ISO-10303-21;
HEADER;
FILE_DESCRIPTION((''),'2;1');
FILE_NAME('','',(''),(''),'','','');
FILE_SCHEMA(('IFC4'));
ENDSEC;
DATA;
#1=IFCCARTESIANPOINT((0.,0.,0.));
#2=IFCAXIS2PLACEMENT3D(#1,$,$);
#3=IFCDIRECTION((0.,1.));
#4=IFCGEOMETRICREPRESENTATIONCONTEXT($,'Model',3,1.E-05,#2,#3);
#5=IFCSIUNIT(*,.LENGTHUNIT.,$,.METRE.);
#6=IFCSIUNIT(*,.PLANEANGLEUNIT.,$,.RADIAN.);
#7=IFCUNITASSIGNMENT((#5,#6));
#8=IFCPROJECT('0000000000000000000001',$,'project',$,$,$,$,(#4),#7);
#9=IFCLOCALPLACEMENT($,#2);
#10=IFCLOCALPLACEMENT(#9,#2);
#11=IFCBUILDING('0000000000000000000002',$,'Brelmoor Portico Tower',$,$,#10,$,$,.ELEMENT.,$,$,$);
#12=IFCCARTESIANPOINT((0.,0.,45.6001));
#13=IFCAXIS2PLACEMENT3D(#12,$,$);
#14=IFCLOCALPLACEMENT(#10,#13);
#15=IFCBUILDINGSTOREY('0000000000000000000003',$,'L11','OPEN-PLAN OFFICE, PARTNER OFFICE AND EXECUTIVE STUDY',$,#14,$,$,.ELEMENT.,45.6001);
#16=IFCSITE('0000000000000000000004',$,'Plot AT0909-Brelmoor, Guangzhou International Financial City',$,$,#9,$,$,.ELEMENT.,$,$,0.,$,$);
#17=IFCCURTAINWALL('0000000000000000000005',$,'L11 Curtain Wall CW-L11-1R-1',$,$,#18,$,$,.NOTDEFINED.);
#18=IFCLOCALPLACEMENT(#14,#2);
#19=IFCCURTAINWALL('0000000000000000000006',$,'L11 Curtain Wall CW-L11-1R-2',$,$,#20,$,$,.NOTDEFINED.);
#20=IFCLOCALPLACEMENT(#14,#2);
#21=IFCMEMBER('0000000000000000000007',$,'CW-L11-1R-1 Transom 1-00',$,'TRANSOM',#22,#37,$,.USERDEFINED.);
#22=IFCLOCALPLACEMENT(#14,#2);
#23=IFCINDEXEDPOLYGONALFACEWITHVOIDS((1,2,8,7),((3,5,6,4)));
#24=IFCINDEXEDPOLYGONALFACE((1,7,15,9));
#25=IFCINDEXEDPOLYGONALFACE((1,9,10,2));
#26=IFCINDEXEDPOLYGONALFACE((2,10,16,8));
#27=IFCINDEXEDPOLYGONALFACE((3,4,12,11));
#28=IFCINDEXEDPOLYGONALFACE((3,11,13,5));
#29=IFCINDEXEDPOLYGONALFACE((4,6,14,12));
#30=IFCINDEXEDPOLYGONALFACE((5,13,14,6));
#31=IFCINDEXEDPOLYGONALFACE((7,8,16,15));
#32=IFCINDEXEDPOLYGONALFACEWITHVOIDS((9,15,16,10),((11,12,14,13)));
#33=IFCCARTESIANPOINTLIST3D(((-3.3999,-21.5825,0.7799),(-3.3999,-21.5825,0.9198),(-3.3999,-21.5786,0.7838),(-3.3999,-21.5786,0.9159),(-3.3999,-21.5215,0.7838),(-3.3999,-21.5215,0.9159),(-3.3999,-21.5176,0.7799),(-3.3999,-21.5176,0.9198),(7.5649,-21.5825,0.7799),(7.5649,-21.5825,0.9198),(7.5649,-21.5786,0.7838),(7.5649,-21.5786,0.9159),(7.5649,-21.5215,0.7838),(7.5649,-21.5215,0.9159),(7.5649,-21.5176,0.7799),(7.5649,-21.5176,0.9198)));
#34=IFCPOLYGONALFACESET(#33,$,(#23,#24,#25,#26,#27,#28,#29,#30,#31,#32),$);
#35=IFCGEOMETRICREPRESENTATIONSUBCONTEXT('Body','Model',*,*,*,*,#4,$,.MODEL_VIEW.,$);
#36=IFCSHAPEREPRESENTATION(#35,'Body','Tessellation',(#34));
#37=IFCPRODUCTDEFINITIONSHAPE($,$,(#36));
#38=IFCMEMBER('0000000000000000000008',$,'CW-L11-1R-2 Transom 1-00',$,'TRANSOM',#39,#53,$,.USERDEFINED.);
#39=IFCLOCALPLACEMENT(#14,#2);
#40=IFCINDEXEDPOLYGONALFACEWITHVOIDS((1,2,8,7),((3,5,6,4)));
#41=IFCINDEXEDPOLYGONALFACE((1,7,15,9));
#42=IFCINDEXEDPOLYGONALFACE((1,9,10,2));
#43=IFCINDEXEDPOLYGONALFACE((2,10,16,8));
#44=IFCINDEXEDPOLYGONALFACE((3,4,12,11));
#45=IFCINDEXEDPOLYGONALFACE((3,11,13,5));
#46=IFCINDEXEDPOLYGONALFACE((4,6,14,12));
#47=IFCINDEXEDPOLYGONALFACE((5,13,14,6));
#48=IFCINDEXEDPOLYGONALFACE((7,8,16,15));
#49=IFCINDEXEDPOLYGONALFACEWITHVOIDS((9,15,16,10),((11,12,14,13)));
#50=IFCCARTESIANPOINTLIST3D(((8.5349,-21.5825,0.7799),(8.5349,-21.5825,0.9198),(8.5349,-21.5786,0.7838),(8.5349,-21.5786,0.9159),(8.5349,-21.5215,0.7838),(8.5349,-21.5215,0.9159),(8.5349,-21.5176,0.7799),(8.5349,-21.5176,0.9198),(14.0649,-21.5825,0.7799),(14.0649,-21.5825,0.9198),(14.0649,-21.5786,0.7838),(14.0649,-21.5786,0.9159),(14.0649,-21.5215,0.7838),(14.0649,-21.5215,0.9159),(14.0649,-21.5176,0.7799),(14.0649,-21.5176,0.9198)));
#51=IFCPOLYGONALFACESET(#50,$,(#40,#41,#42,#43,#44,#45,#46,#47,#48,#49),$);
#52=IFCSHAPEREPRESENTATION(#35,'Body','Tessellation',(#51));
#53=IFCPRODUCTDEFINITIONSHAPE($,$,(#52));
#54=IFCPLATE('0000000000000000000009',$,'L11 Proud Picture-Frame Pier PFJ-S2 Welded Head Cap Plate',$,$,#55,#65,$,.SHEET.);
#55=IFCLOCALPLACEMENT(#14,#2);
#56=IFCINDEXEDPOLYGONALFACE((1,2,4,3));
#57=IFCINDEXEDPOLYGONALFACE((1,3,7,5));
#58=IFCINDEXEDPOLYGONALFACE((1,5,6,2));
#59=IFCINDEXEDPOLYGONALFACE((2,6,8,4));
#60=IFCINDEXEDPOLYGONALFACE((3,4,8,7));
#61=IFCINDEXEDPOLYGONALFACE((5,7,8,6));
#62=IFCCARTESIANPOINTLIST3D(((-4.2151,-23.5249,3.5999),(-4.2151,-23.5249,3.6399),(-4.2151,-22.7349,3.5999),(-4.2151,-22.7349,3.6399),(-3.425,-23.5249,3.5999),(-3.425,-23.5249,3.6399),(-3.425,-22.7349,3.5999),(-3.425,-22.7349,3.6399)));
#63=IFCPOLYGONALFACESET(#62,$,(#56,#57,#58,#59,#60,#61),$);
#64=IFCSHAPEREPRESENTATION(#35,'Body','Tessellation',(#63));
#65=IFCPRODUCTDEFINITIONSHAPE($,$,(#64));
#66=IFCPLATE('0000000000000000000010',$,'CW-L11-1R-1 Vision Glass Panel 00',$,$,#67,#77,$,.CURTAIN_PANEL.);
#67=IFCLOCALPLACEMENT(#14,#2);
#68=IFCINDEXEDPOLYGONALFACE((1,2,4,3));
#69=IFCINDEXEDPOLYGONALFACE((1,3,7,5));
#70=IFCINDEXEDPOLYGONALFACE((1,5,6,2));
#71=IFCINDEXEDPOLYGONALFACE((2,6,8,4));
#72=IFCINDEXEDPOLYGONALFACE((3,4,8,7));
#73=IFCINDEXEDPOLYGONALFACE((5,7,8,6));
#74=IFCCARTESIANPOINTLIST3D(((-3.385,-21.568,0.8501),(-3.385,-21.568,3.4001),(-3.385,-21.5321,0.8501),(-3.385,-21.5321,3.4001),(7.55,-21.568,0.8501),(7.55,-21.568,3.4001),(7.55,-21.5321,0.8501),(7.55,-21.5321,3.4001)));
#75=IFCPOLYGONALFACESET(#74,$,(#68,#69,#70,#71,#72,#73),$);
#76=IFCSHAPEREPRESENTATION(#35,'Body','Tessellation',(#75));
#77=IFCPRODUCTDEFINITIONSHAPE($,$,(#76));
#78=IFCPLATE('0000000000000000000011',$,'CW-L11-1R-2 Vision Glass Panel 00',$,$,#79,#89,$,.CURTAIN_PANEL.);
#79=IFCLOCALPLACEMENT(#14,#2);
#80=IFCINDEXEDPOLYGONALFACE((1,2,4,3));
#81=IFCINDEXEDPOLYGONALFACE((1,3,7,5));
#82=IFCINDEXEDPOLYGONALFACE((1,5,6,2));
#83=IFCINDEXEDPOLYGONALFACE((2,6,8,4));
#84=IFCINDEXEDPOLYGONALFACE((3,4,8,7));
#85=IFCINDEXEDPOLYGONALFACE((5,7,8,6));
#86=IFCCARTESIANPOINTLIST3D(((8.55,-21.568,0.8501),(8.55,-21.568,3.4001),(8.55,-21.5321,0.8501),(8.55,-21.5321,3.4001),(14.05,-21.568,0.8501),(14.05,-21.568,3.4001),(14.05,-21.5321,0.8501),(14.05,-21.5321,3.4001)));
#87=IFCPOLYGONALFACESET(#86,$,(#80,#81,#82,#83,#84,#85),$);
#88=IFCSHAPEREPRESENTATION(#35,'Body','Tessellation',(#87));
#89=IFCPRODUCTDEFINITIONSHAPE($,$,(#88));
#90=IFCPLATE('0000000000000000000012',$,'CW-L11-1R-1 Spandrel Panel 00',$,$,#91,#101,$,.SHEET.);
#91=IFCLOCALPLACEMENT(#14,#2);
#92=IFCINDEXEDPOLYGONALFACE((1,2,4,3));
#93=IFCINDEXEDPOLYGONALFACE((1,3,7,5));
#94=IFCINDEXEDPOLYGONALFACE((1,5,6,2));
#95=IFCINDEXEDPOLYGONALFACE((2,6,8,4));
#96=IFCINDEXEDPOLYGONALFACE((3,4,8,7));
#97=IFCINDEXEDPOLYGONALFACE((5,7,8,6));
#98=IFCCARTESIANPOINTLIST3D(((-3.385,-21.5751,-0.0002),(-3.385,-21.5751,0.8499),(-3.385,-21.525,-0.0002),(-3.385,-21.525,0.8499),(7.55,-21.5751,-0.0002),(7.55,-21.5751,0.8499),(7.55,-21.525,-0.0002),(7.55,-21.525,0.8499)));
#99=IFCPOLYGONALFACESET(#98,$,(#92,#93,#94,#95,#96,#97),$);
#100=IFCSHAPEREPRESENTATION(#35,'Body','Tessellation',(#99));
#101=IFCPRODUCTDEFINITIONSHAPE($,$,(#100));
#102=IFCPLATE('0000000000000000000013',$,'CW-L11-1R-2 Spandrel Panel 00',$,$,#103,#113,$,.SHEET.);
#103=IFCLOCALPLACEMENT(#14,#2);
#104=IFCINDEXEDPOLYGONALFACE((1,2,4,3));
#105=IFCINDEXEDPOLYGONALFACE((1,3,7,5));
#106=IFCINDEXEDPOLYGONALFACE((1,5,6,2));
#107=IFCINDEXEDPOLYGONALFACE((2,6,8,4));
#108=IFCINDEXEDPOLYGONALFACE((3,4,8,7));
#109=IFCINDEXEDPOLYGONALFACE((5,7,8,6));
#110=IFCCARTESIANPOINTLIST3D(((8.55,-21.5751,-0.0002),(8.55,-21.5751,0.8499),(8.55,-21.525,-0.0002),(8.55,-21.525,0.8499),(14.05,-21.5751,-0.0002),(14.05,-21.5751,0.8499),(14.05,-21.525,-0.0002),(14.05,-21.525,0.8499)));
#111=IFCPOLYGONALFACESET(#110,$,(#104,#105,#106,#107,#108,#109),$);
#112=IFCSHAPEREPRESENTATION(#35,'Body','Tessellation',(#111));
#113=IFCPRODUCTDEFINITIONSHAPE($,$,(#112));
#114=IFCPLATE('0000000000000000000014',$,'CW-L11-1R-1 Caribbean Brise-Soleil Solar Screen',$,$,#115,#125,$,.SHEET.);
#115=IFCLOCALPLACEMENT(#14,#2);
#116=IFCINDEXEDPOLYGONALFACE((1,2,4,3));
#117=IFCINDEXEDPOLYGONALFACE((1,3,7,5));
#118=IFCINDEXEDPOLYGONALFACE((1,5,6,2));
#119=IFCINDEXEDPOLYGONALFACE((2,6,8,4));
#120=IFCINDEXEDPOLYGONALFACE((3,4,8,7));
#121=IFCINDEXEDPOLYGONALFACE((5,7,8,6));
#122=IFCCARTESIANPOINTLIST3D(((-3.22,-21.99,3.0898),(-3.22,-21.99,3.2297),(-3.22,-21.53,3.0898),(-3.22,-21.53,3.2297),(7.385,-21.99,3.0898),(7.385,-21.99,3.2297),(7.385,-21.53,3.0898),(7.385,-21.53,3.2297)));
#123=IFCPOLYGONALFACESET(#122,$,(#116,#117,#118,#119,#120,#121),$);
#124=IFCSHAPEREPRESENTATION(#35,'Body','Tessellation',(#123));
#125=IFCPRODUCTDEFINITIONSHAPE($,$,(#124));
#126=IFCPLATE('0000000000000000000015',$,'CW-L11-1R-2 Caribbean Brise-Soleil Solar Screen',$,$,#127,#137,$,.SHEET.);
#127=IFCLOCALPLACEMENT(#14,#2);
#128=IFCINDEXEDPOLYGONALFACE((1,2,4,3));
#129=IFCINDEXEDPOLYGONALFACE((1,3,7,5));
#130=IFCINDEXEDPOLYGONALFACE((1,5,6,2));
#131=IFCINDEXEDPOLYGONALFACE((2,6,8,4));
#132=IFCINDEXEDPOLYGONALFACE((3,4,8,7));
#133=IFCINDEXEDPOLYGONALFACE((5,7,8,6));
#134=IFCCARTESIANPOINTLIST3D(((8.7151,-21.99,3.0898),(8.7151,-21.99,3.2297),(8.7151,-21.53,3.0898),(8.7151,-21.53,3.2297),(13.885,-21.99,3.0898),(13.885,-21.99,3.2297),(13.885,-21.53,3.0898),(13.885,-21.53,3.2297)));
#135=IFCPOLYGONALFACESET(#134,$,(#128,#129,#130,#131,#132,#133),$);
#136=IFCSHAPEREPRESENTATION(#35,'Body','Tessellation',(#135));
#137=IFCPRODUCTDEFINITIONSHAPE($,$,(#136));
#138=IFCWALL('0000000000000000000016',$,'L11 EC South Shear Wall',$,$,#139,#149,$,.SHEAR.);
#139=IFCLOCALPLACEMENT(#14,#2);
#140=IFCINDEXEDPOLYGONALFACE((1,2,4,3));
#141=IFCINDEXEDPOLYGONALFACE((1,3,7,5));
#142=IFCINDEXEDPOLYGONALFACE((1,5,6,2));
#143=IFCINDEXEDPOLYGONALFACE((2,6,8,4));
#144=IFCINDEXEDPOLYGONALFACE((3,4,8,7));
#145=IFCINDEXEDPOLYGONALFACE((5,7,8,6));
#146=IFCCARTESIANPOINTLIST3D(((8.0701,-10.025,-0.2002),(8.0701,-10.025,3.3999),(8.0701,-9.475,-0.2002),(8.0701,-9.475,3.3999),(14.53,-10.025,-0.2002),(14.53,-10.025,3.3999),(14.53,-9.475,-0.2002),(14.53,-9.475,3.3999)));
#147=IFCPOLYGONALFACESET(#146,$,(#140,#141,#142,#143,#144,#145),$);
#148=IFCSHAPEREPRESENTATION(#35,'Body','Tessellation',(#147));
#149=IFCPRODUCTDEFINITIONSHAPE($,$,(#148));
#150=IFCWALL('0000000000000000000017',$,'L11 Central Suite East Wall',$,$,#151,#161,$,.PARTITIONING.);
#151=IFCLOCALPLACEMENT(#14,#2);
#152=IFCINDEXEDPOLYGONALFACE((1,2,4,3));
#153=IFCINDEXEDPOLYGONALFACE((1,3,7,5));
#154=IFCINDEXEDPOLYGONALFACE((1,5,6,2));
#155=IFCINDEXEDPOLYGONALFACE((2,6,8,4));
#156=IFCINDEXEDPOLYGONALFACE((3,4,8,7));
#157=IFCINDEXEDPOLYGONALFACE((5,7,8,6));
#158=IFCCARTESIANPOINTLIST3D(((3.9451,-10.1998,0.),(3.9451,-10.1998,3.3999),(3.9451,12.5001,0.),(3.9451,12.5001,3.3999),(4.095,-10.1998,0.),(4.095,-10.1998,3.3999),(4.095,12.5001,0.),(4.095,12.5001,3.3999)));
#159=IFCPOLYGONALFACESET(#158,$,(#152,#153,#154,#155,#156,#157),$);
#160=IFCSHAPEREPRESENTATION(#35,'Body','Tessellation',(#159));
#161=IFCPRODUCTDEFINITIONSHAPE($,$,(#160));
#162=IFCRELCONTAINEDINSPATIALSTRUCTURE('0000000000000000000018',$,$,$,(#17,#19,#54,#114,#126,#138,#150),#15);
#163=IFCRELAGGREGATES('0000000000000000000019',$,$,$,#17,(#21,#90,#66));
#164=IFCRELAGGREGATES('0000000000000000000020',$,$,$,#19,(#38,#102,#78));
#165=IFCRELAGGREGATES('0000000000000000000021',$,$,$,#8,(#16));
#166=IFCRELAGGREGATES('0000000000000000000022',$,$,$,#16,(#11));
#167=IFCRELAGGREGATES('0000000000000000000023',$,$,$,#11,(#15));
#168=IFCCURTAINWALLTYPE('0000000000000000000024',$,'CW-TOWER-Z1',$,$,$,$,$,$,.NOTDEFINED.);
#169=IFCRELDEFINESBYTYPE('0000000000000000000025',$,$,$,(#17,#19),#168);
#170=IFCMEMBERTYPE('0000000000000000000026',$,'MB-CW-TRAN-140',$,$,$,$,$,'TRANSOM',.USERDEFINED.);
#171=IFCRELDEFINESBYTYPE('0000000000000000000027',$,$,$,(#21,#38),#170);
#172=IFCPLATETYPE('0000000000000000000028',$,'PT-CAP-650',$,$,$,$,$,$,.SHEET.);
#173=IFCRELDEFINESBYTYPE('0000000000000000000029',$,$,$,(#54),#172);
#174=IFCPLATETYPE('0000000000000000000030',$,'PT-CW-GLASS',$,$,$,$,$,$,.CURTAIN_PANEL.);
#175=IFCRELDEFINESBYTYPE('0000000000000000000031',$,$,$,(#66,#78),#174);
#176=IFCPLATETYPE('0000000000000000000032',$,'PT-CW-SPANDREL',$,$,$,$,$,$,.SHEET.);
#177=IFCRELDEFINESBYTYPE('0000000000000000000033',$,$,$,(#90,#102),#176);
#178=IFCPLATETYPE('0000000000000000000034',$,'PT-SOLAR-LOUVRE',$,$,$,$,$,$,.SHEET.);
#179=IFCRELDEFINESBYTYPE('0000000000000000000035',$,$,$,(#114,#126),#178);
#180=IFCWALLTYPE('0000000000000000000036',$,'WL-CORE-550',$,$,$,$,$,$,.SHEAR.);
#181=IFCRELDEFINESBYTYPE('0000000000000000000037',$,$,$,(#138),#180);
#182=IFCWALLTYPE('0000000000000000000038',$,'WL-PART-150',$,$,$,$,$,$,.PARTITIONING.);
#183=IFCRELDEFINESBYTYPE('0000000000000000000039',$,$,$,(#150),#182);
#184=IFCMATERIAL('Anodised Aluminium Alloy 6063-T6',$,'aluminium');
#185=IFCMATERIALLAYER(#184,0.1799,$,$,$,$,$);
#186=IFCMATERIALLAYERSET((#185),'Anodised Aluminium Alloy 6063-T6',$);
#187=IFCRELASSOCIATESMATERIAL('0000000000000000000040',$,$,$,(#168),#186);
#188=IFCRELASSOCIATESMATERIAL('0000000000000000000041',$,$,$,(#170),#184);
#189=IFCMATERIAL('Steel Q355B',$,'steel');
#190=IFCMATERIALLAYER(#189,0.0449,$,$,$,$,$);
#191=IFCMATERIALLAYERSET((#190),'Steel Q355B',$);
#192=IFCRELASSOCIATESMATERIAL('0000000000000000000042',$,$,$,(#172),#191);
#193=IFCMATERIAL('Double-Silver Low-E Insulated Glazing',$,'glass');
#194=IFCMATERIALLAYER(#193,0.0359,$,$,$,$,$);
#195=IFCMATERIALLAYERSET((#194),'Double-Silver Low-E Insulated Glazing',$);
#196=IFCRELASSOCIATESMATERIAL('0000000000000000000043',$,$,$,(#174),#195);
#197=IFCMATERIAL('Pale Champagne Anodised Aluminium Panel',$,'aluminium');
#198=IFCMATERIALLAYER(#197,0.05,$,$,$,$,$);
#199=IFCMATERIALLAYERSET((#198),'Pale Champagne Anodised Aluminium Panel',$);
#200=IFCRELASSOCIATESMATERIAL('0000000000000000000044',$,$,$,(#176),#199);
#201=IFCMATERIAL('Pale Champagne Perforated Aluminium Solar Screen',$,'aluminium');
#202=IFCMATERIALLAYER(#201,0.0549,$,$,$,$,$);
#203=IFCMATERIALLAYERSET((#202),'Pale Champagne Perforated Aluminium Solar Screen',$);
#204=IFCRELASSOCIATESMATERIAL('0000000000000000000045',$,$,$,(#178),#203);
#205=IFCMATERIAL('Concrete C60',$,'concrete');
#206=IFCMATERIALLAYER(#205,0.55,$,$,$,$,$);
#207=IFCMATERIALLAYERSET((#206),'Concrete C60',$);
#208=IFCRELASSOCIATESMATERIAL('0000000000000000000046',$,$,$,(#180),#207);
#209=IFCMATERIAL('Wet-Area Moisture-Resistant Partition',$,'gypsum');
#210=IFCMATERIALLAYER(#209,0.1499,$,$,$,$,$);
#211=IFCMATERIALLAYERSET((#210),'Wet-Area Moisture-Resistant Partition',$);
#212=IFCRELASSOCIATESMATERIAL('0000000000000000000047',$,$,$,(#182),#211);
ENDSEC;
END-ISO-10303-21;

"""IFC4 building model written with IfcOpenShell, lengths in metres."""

from ifc_helpers import new_model, si_unit, direction, frame, frame_2d, origin, origin_2d, place, context, subcontext, project, spatial, rectangle, hollow_rectangle, extrude, material, layer, layer_set, material_profile, profile_set, type_object, element, aggregate, save


model = new_model("IFC4")

# Units and contexts
model_context = context("Model", 3, precision=1e-05, world=origin(), true_north=direction((0.0, 1.0)))
body_context = subcontext(model_context, "Body", "Model", "MODEL_VIEW")
ifc_project = project(units=[si_unit("LENGTHUNIT", "METRE"), si_unit("PLANEANGLEUNIT", "RADIAN")], contexts=[model_context])

# Site, building, storey
site_placement = place(None, origin())
site = spatial("IfcSite", under=ifc_project, at=site_placement, Name="Plot AT0909-Brelmoor, Guangzhou International Financial City", CompositionType="ELEMENT", RefElevation=0.0)
building_placement = place(site_placement, origin())
building = spatial("IfcBuilding", under=site, at=building_placement, Name="Brelmoor Portico Tower", CompositionType="ELEMENT")
storey_placement = place(building_placement, frame((0.0, 0.0, 45.6001)))
storey = spatial("IfcBuildingStorey", under=building, at=storey_placement, Name="L11", Description="OPEN-PLAN OFFICE, PARTNER OFFICE AND EXECUTIVE STUDY", CompositionType="ELEMENT", Elevation=45.6001)

# Shared definitions
ifc_material_1 = material(Name="Steel Q355B", Category="steel")

# Curtain walls
ifc_material_2 = material(Name="Anodised Aluminium Alloy 6063-T6", Category="aluminium")
ifc_layer_1 = layer(ifc_material_2, 0.1799)
ifc_layer_set_1 = layer_set([ifc_layer_1], Name="Anodised Aluminium Alloy 6063-T6")
curtain_wall_type = type_object("IfcCurtainWallType", Name="CW-TOWER-Z1", PredefinedType="NOTDEFINED", material=ifc_layer_set_1)
curtain_wall_1_placement = place(storey_placement, origin())
curtain_wall_1 = element("IfcCurtainWall", 1, at=curtain_wall_1_placement, inside=storey, type_object=curtain_wall_type, Name="L11 Curtain Wall CW-L11-1R-1", PredefinedType="NOTDEFINED")
curtain_wall_2_placement = place(storey_placement, origin())
curtain_wall_2 = element("IfcCurtainWall", 2, at=curtain_wall_2_placement, inside=storey, type_object=curtain_wall_type, Name="L11 Curtain Wall CW-L11-1R-2", PredefinedType="NOTDEFINED")

# Members
ifc_material_profile_1 = material_profile(ifc_material_2, hollow_rectangle(XDim=0.0649, YDim=0.1399, WallThickness=0.0039, at=origin_2d()), Name="ALU TRANSOM 65x140")
ifc_profile_set_1 = profile_set([ifc_material_profile_1], Name="Anodised Aluminium Alloy 6063-T6")
member_type_1 = type_object("IfcMemberType", Name="MB-CW-TRAN-140", ElementType="TRANSOM", PredefinedType="USERDEFINED", material=ifc_profile_set_1)
member_1_placement = place(storey_placement, frame((-3.3999, -21.55, 0.8499), z_axis=(1.0, 0.0, 0.0), x_axis=(0.0, 1.0, 0.0)))
member_1 = element("IfcMember", 3, at=member_1_placement, type_object=member_type_1, Name="CW-L11-1R-1 Transom 1-00", ObjectType="TRANSOM", PredefinedType="USERDEFINED", context=body_context, shape_type="SweptSolid", body=[
    extrude(hollow_rectangle(XDim=0.0649, YDim=0.1399, WallThickness=0.0039, at=origin_2d()), origin(), (0.0, 0.0, 1.0), 10.9648),
])
member_2_placement = place(storey_placement, frame((8.5349, -21.55, 0.8499), z_axis=(1.0, 0.0, 0.0), x_axis=(0.0, 1.0, 0.0)))
member_2 = element("IfcMember", 4, at=member_2_placement, type_object=member_type_1, Name="CW-L11-1R-2 Transom 1-00", ObjectType="TRANSOM", PredefinedType="USERDEFINED", context=body_context, shape_type="SweptSolid", body=[
    extrude(hollow_rectangle(XDim=0.0649, YDim=0.1399, WallThickness=0.0039, at=origin_2d()), origin(), (0.0, 0.0, 1.0), 5.53),
])

# Plates
ifc_layer_2 = layer(ifc_material_1, 0.0449)
ifc_layer_set_2 = layer_set([ifc_layer_2], Name="Steel Q355B")
plate_type_1 = type_object("IfcPlateType", Name="PT-CAP-650", PredefinedType="SHEET", material=ifc_layer_set_2)
plate_1_placement = place(storey_placement, frame((-3.8201, -23.1299, 3.5999), z_axis=(0.0, 0.0, 1.0), x_axis=(1.0, 0.0, 0.0)))
element("IfcPlate", 5, at=plate_1_placement, inside=storey, type_object=plate_type_1, Name="L11 Proud Picture-Frame Pier PFJ-S2 Welded Head Cap Plate", PredefinedType="SHEET", context=body_context, shape_type="SweptSolid", body=[
    extrude(rectangle(XDim=0.79, YDim=0.79, at=origin_2d()), origin(), (0.0, 0.0, 1.0), 0.04),
])
ifc_material_3 = material(Name="Double-Silver Low-E Insulated Glazing", Category="glass")
ifc_layer_3 = layer(ifc_material_3, 0.0359)
ifc_layer_set_3 = layer_set([ifc_layer_3], Name="Double-Silver Low-E Insulated Glazing")
plate_type_2 = type_object("IfcPlateType", Name="PT-CW-GLASS", PredefinedType="CURTAIN_PANEL", material=ifc_layer_set_3)
plate_2_placement = place(storey_placement, frame((2.0825, -21.55, 0.8501), z_axis=(0.0, 0.0, 1.0), x_axis=(1.0, 0.0, 0.0)))
plate_2 = element("IfcPlate", 6, at=plate_2_placement, type_object=plate_type_2, Name="CW-L11-1R-1 Vision Glass Panel 00", PredefinedType="CURTAIN_PANEL", context=body_context, shape_type="SweptSolid", body=[
    extrude(rectangle(XDim=10.9351, YDim=0.0359, at=origin_2d()), origin(), (0.0, 0.0, 1.0), 2.55),
])
plate_3_placement = place(storey_placement, frame((11.3, -21.55, 0.8501), z_axis=(0.0, 0.0, 1.0), x_axis=(1.0, 0.0, 0.0)))
plate_3 = element("IfcPlate", 7, at=plate_3_placement, type_object=plate_type_2, Name="CW-L11-1R-2 Vision Glass Panel 00", PredefinedType="CURTAIN_PANEL", context=body_context, shape_type="SweptSolid", body=[
    extrude(rectangle(XDim=5.5, YDim=0.0359, at=origin_2d()), origin(), (0.0, 0.0, 1.0), 2.55),
])
ifc_material_4 = material(Name="Pale Champagne Anodised Aluminium Panel", Category="aluminium")
ifc_layer_4 = layer(ifc_material_4, 0.05)
ifc_layer_set_4 = layer_set([ifc_layer_4], Name="Pale Champagne Anodised Aluminium Panel")
plate_type_3 = type_object("IfcPlateType", Name="PT-CW-SPANDREL", PredefinedType="SHEET", material=ifc_layer_set_4)
plate_4_placement = place(storey_placement, frame((2.0825, -21.55, -0.0002), z_axis=(0.0, 0.0, 1.0), x_axis=(1.0, 0.0, 0.0)))
plate_4 = element("IfcPlate", 8, at=plate_4_placement, type_object=plate_type_3, Name="CW-L11-1R-1 Spandrel Panel 00", PredefinedType="SHEET", context=body_context, shape_type="SweptSolid", body=[
    extrude(rectangle(XDim=10.9351, YDim=0.05, at=origin_2d()), origin(), (0.0, 0.0, 1.0), 0.8501),
])
aggregate(curtain_wall_1, [member_1, plate_4, plate_2])
plate_5_placement = place(storey_placement, frame((11.3, -21.55, -0.0002), z_axis=(0.0, 0.0, 1.0), x_axis=(1.0, 0.0, 0.0)))
plate_5 = element("IfcPlate", 9, at=plate_5_placement, type_object=plate_type_3, Name="CW-L11-1R-2 Spandrel Panel 00", PredefinedType="SHEET", context=body_context, shape_type="SweptSolid", body=[
    extrude(rectangle(XDim=5.5, YDim=0.05, at=origin_2d()), origin(), (0.0, 0.0, 1.0), 0.8501),
])
aggregate(curtain_wall_2, [member_2, plate_5, plate_3])

# Plates
ifc_material_5 = material(Name="Pale Champagne Perforated Aluminium Solar Screen", Category="aluminium")
ifc_layer_5 = layer(ifc_material_5, 0.0549)
ifc_layer_set_5 = layer_set([ifc_layer_5], Name="Pale Champagne Perforated Aluminium Solar Screen")
plate_type_4 = type_object("IfcPlateType", Name="PT-SOLAR-LOUVRE", PredefinedType="SHEET", material=ifc_layer_set_5)
plate_6_placement = place(storey_placement, frame((2.0825, -21.76, 3.0898), z_axis=(0.0, 0.0, 1.0), x_axis=(1.0, 0.0, 0.0)))
element("IfcPlate", 10, at=plate_6_placement, inside=storey, type_object=plate_type_4, Name="CW-L11-1R-1 Caribbean Brise-Soleil Solar Screen", PredefinedType="SHEET", context=body_context, shape_type="SweptSolid", body=[
    extrude(rectangle(XDim=10.605, YDim=0.46, at=origin_2d()), origin(), (0.0, 0.0, 1.0), 0.1399),
])
plate_7_placement = place(storey_placement, frame((11.3, -21.76, 3.0898), z_axis=(0.0, 0.0, 1.0), x_axis=(1.0, 0.0, 0.0)))
element("IfcPlate", 11, at=plate_7_placement, inside=storey, type_object=plate_type_4, Name="CW-L11-1R-2 Caribbean Brise-Soleil Solar Screen", PredefinedType="SHEET", context=body_context, shape_type="SweptSolid", body=[
    extrude(rectangle(XDim=5.1699, YDim=0.46, at=origin_2d()), origin(), (0.0, 0.0, 1.0), 0.1399),
])

# Walls
ifc_material_6 = material(Name="Concrete C60", Category="concrete")
ifc_layer_6 = layer(ifc_material_6, 0.55)
ifc_layer_set_6 = layer_set([ifc_layer_6], Name="Concrete C60")
wall_type_1 = type_object("IfcWallType", Name="WL-CORE-550", PredefinedType="SHEAR", material=ifc_layer_set_6)
wall_1_placement = place(storey_placement, frame((8.0701, -9.75, -0.2002), z_axis=(0.0, 0.0, 1.0), x_axis=(1.0, 0.0, 0.0)))
element("IfcWall", 12, at=wall_1_placement, inside=storey, type_object=wall_type_1, Name="L11 EC South Shear Wall", PredefinedType="SHEAR", context=body_context, shape_type="SweptSolid", body=[
    extrude(rectangle(XDim=6.46, YDim=0.55, at=frame_2d((3.23, 0.0))), origin(), (0.0, 0.0, 1.0), 3.6001),
])
ifc_material_7 = material(Name="Wet-Area Moisture-Resistant Partition", Category="gypsum")
ifc_layer_7 = layer(ifc_material_7, 0.1499)
ifc_layer_set_7 = layer_set([ifc_layer_7], Name="Wet-Area Moisture-Resistant Partition")
wall_type_2 = type_object("IfcWallType", Name="WL-PART-150", PredefinedType="PARTITIONING", material=ifc_layer_set_7)
wall_2_placement = place(storey_placement, frame((4.02, -10.2, 0.0), z_axis=(0.0, 0.0, 1.0), x_axis=(0.0, 1.0, 0.0)))
element("IfcWall", 13, at=wall_2_placement, inside=storey, type_object=wall_type_2, Name="L11 Central Suite East Wall", PredefinedType="PARTITIONING", context=body_context, shape_type="SweptSolid", body=[
    extrude(rectangle(XDim=22.7, YDim=0.1499, at=frame_2d((11.3501, 0.0))), origin(), (0.0, 0.0, 1.0), 3.3999),
])

save(model, "model.ifc")
